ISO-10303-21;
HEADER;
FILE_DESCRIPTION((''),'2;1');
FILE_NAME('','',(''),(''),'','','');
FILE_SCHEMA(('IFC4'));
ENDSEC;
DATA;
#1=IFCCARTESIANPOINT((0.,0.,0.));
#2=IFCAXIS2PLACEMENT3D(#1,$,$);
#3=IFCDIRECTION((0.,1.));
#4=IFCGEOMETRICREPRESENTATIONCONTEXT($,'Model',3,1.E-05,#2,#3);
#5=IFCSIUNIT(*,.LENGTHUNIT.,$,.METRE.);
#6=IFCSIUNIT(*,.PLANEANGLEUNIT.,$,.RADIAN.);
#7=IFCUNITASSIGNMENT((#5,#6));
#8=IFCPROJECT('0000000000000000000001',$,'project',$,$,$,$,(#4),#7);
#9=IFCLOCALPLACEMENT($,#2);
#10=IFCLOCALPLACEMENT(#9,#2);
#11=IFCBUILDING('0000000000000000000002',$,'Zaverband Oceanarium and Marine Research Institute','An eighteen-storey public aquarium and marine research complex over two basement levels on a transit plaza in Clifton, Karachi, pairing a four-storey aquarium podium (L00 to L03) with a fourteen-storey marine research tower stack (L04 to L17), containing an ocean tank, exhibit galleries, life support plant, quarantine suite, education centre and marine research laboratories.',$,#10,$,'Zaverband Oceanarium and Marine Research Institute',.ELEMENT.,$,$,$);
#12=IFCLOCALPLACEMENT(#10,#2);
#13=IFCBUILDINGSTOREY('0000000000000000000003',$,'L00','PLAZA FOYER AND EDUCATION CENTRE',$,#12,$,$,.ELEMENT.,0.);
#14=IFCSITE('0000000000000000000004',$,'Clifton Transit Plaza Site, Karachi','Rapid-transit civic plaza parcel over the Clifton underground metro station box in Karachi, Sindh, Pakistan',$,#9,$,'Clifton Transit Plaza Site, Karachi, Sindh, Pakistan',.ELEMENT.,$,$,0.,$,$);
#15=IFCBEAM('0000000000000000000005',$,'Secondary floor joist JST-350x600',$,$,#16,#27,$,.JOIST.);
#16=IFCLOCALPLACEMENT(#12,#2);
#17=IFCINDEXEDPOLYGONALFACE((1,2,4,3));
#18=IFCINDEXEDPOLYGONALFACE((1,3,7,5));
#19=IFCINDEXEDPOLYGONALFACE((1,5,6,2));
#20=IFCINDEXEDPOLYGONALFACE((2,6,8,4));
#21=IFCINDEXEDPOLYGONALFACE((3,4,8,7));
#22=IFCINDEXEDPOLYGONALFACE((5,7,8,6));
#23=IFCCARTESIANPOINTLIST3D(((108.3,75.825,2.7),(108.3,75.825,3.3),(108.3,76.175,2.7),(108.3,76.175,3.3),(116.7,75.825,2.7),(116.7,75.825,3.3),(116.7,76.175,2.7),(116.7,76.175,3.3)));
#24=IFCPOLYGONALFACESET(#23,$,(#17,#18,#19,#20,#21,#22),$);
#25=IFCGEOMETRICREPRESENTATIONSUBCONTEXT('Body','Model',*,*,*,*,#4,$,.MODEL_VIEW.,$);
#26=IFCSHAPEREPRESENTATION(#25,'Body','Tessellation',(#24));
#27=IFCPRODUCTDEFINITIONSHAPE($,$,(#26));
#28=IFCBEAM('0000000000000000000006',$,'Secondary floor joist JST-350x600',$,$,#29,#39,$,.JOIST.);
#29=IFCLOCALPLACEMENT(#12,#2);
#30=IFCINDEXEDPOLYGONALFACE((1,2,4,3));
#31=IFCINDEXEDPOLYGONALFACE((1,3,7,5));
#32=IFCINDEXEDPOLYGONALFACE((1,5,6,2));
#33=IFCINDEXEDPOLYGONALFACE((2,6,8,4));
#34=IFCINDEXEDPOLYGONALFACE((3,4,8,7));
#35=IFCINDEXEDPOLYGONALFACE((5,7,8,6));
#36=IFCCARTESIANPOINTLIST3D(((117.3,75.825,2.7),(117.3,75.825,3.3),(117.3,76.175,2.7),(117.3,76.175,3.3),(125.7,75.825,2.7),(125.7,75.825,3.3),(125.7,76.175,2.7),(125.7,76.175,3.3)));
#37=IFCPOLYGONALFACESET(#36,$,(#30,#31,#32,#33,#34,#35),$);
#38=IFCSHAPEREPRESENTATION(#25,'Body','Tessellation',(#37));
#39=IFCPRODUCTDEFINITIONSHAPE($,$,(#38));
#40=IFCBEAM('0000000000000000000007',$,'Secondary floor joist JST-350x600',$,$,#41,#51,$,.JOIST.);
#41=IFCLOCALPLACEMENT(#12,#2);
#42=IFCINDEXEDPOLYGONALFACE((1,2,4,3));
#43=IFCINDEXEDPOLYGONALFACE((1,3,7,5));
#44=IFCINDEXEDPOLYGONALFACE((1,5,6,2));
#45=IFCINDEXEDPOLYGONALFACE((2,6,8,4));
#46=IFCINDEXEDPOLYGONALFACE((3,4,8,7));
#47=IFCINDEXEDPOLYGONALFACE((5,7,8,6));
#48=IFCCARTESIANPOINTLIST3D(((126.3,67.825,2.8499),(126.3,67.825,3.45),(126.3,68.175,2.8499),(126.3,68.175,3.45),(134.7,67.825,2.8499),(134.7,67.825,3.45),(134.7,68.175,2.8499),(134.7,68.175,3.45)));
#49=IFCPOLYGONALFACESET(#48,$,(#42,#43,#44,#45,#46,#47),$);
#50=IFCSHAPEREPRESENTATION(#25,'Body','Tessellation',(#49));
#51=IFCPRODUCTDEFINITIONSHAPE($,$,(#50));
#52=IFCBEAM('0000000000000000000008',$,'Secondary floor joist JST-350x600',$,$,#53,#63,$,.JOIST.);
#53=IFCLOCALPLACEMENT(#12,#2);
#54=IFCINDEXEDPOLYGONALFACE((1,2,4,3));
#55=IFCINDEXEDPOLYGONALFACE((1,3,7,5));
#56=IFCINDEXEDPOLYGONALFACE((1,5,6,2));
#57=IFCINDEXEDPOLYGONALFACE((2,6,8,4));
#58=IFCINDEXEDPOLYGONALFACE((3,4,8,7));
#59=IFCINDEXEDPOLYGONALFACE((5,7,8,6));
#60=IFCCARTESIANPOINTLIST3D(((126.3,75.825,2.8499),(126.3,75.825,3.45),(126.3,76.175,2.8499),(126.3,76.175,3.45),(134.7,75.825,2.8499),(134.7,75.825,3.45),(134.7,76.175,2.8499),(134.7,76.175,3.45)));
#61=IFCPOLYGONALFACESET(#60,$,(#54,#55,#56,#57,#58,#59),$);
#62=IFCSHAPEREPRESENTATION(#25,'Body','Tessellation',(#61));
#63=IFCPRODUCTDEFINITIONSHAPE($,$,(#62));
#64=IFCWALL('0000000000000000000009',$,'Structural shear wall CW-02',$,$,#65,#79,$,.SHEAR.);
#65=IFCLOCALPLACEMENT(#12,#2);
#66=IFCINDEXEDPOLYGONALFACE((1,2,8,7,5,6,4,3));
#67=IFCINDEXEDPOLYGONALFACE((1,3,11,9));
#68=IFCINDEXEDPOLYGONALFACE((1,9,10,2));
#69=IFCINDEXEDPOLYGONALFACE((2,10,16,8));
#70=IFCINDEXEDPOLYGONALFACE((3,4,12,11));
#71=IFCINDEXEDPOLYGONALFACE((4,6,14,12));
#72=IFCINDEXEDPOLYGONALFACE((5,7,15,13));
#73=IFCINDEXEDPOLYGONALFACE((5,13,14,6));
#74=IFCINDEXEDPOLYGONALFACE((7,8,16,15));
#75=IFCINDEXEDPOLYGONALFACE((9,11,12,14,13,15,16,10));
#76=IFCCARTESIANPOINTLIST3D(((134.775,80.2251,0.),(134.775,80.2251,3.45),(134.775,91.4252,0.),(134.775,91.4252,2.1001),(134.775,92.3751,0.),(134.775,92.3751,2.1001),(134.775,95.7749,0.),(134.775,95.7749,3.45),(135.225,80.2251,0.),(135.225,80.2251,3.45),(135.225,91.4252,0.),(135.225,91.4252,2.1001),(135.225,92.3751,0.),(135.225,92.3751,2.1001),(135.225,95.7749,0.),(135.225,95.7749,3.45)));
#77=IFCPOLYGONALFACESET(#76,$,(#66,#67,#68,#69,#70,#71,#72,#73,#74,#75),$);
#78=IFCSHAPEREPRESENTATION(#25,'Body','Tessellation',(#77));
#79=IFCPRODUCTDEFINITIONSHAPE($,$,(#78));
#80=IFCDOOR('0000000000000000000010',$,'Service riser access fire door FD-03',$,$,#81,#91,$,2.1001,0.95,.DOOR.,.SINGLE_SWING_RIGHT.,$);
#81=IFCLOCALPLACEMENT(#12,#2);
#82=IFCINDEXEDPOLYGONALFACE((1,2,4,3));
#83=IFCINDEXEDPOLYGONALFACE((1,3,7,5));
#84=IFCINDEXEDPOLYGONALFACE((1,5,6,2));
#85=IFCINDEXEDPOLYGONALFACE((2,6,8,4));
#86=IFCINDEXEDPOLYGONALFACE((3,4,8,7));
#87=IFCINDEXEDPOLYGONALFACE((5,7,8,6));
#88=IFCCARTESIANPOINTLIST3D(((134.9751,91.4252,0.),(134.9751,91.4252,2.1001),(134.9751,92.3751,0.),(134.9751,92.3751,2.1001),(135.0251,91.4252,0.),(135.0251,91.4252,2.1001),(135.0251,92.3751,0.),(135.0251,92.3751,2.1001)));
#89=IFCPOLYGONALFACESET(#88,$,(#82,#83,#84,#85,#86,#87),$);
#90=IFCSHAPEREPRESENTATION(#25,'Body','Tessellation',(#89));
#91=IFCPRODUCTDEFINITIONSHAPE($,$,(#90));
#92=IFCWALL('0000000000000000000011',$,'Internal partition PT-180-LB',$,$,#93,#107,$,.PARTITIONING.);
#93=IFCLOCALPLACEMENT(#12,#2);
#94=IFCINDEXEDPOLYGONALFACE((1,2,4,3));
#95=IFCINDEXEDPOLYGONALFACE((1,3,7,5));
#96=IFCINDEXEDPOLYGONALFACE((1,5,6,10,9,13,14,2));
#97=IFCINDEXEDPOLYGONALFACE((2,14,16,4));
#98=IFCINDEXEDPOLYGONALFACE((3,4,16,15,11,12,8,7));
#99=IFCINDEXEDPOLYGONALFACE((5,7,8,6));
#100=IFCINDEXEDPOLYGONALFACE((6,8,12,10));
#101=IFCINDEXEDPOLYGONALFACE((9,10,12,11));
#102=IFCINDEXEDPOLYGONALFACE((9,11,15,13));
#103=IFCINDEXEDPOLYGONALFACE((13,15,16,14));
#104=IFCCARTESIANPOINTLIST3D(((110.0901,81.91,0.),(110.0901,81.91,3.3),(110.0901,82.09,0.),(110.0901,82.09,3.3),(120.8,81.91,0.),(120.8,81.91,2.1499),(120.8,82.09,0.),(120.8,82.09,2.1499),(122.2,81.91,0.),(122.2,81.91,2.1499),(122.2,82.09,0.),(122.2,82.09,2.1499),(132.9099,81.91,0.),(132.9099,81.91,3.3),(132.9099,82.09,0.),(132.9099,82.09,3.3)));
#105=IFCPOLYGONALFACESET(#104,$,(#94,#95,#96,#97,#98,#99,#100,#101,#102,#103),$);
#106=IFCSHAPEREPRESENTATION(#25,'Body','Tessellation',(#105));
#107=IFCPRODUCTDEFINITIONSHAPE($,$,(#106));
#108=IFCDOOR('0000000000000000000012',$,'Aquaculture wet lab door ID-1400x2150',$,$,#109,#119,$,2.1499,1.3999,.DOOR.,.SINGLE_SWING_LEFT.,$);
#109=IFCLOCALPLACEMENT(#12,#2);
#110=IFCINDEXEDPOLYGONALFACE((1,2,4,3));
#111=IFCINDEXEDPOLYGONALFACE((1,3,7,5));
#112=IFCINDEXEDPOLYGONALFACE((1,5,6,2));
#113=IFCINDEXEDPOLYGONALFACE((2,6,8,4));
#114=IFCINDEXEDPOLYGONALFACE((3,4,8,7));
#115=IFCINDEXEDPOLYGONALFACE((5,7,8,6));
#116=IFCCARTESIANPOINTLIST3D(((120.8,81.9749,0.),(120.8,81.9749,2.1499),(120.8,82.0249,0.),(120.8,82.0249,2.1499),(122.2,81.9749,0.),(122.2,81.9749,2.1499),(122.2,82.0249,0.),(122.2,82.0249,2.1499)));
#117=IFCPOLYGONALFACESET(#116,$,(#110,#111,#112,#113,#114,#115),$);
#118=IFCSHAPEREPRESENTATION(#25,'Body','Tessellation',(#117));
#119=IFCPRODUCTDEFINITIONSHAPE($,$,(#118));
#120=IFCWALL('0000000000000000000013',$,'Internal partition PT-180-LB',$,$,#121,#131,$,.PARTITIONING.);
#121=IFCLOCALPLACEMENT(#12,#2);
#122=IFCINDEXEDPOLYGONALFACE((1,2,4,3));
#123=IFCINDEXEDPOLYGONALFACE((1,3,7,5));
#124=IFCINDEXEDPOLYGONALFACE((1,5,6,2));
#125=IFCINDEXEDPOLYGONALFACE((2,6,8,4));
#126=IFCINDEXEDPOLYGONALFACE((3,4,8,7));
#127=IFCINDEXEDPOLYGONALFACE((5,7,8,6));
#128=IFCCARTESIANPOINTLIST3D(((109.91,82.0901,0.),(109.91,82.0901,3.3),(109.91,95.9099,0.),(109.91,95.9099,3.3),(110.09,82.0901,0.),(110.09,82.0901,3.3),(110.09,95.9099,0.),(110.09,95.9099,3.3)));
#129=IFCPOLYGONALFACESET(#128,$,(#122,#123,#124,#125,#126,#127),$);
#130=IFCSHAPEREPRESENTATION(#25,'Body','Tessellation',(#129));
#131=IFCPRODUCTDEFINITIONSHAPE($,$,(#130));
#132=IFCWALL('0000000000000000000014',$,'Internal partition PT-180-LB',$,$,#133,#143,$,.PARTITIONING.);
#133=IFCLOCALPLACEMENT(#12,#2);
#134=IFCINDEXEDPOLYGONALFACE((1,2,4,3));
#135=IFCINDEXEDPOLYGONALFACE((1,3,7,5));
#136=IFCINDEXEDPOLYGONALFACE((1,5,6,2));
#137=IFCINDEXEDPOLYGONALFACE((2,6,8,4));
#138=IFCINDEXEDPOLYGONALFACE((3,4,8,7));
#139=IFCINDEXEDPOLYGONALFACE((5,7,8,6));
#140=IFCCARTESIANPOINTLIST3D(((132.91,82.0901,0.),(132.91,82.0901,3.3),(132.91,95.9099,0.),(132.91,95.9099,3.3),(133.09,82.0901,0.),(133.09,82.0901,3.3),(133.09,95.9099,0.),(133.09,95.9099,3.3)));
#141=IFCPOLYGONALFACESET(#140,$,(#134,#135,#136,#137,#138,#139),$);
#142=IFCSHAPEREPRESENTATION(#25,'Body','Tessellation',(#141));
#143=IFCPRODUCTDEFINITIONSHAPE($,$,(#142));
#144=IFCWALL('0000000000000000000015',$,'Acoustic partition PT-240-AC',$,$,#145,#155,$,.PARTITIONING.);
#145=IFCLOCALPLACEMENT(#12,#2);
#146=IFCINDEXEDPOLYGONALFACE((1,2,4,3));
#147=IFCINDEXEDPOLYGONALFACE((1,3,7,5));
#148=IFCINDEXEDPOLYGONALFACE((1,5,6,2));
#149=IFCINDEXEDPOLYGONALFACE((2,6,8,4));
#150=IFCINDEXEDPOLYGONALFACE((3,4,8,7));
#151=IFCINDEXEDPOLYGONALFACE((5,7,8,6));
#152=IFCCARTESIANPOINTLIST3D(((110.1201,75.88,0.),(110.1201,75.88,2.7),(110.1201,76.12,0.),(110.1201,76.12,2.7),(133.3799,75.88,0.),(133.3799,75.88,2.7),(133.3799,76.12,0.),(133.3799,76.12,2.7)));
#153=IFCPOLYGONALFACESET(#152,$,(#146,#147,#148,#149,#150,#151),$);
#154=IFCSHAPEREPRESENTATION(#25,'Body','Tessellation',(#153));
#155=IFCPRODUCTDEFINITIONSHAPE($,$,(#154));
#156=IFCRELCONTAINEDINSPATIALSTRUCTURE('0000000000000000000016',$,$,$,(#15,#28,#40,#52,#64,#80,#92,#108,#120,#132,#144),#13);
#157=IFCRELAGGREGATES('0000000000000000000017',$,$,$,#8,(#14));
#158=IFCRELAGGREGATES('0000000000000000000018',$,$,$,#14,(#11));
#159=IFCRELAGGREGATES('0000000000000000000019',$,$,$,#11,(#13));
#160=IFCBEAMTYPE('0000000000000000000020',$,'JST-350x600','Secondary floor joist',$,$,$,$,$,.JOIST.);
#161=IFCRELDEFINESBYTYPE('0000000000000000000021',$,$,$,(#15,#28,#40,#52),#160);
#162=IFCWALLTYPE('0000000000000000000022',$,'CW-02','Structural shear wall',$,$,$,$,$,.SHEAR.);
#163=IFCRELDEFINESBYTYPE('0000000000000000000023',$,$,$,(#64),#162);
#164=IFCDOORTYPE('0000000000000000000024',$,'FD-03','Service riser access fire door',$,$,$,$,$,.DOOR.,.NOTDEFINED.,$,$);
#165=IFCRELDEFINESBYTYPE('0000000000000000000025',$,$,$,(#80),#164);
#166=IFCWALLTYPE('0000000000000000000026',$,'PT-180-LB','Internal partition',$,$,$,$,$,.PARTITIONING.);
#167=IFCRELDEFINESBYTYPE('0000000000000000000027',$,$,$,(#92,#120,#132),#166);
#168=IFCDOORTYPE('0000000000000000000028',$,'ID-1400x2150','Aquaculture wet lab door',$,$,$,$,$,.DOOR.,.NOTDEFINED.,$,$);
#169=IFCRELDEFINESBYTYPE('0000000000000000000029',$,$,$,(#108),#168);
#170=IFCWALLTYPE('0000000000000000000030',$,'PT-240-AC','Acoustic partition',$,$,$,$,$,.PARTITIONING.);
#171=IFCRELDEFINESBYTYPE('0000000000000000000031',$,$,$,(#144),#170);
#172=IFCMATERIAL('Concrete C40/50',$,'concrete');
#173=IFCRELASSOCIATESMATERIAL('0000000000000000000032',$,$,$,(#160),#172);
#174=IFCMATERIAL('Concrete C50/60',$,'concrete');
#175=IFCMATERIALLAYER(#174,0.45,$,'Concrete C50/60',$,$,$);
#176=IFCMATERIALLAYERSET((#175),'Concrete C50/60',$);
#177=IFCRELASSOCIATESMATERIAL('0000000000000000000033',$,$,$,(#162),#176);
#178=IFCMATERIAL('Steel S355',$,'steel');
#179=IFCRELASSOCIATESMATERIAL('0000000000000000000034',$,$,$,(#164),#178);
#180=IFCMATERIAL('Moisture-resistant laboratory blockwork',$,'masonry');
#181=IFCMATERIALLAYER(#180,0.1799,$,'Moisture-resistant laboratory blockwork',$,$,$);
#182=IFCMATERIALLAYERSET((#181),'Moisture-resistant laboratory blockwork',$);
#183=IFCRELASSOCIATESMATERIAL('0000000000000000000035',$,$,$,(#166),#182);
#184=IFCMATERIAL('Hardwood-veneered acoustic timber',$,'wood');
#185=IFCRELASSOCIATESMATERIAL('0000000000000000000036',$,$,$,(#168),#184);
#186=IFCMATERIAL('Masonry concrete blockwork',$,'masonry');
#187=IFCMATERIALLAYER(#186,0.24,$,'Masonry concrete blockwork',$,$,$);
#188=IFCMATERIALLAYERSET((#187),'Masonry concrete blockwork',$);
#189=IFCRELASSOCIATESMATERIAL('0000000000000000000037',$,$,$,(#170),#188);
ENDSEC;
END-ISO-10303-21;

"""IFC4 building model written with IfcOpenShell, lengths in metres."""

from ifc_helpers import new_model, si_unit, direction, frame, frame_2d, origin, origin_2d, place, context, subcontext, project, spatial, rectangle, extrude, material, layer, layer_set, material_profile, profile_set, type_object, element, fill, save


model = new_model("IFC4")

# Units and contexts
model_context = context("Model", 3, precision=1e-05, world=origin(), true_north=direction((0.0, 1.0)))
body_context = subcontext(model_context, "Body", "Model", "MODEL_VIEW")
ifc_project = project(units=[si_unit("LENGTHUNIT", "METRE"), si_unit("PLANEANGLEUNIT", "RADIAN")], contexts=[model_context])

# Site, building, storey
site_placement = place(None, origin())
site = spatial("IfcSite", under=ifc_project, at=site_placement, Name="Clifton Transit Plaza Site, Karachi", Description="Rapid-transit civic plaza parcel over the Clifton underground metro station box in Karachi, Sindh, Pakistan", LongName="Clifton Transit Plaza Site, Karachi, Sindh, Pakistan", CompositionType="ELEMENT", RefElevation=0.0)
building_placement = place(site_placement, origin())
building = spatial("IfcBuilding", under=site, at=building_placement, Name="Zaverband Oceanarium and Marine Research Institute", Description="An eighteen-storey public aquarium and marine research complex over two basement levels on a transit plaza in Clifton, Karachi, pairing a four-storey aquarium podium (L00 to L03) with a fourteen-storey marine research tower stack (L04 to L17), containing an ocean tank, exhibit galleries, life support plant, quarantine suite, education centre and marine research laboratories.", LongName="Zaverband Oceanarium and Marine Research Institute", CompositionType="ELEMENT")
storey_placement = place(building_placement, origin())
storey = spatial("IfcBuildingStorey", under=building, at=storey_placement, Name="L00", Description="PLAZA FOYER AND EDUCATION CENTRE", CompositionType="ELEMENT", Elevation=0.0)

# Shared definitions
ifc_material_1 = material(Name="Concrete C50/60", Category="concrete")

# Beams
ifc_material_2 = material(Name="Concrete C40/50", Category="concrete")
ifc_material_profile_1 = material_profile(ifc_material_2, rectangle(XDim=0.3501, YDim=0.6001, at=origin_2d()), Name="RC350x600")
ifc_profile_set_1 = profile_set([ifc_material_profile_1], Name="Concrete C40/50")
beam_type_1 = type_object("IfcBeamType", Name="JST-350x600", Description="Secondary floor joist", PredefinedType="JOIST", material=ifc_profile_set_1)
for number, where, z_axis, x_axis, name in (
    (1, (108.3, 76.0, 3.0), (1.0, 0.0, 0.0), (0.0, 1.0, 0.0), "Secondary floor joist JST-350x600"),
    (2, (117.3, 76.0, 3.0), (1.0, 0.0, 0.0), (0.0, 1.0, 0.0), "Secondary floor joist JST-350x600"),
    (3, (126.3, 68.0, 3.1499), (1.0, 0.0, 0.0), (0.0, 1.0, 0.0), "Secondary floor joist JST-350x600"),
    (4, (126.3, 76.0, 3.1499), (1.0, 0.0, 0.0), (0.0, 1.0, 0.0), "Secondary floor joist JST-350x600"),
):
    element("IfcBeam", number, at=place(storey_placement, frame(where, z_axis=z_axis, x_axis=x_axis)), inside=storey, type_object=beam_type_1, Name=name, PredefinedType="JOIST", context=body_context, shape_type="SweptSolid", body=[
        extrude(rectangle(XDim=0.3501, YDim=0.6001, at=origin_2d()), origin(), (0.0, 0.0, 1.0), 8.3999),
    ])

# Walls, openings, doors
ifc_layer_1 = layer(ifc_material_1, 0.45, Name="Concrete C50/60")
ifc_layer_set_1 = layer_set([ifc_layer_1], Name="Concrete C50/60")
wall_type_1 = type_object("IfcWallType", Name="CW-02", Description="Structural shear wall", PredefinedType="SHEAR", material=ifc_layer_set_1)
wall_1_placement = place(storey_placement, frame((135.0, 80.2251, 0.0), z_axis=(0.0, 0.0, 1.0), x_axis=(0.0, 1.0, 0.0)))
wall_1 = element("IfcWall", 5, at=wall_1_placement, inside=storey, type_object=wall_type_1, Name="Structural shear wall CW-02", PredefinedType="SHEAR", context=body_context, shape_type="SweptSolid", body=[
    extrude(rectangle(XDim=15.5498, YDim=0.45, at=frame_2d((7.7749, 0.0))), origin(), (0.0, 0.0, 1.0), 3.45),
])
opening_1_placement = place(wall_1_placement, frame((11.2, 0.0, 0.0)))
opening_1 = element("IfcOpeningElement", 6, at=opening_1_placement, cuts=wall_1, PredefinedType="OPENING", context=body_context, shape_type="SweptSolid", body=[
    extrude(rectangle(XDim=0.95, YDim=2.1001, at=frame_2d((0.4751, 1.05))), frame((0.0, 0.2368, 0.0), z_axis=(0.0, -1.0, 0.0), x_axis=(1.0, 0.0, 0.0)), (0.0, 0.0, 1.0), 0.4739),
])
ifc_material_3 = material(Name="Steel S355", Category="steel")
door_type_1 = type_object("IfcDoorType", Name="FD-03", Description="Service riser access fire door", OperationType="NOTDEFINED", PredefinedType="DOOR", material=ifc_material_3)
door_1_placement = place(opening_1_placement, origin())
door_1 = element("IfcDoor", 7, at=door_1_placement, inside=storey, type_object=door_type_1, Name="Service riser access fire door FD-03", OperationType="SINGLE_SWING_RIGHT", OverallHeight=2.1001, OverallWidth=0.95, PredefinedType="DOOR", context=body_context, shape_type="SweptSolid", body=[
    extrude(rectangle(XDim=0.95, YDim=2.1001, at=frame_2d((0.4751, 1.05))), frame((0.0, 0.0249, 0.0), z_axis=(0.0, -1.0, 0.0), x_axis=(1.0, 0.0, 0.0)), (0.0, 0.0, 1.0), 0.05),
])
fill(opening_1, door_1)
ifc_material_4 = material(Name="Moisture-resistant laboratory blockwork", Category="masonry")
ifc_layer_2 = layer(ifc_material_4, 0.1799, Name="Moisture-resistant laboratory blockwork")
ifc_layer_set_2 = layer_set([ifc_layer_2], Name="Moisture-resistant laboratory blockwork")
wall_type_2 = type_object("IfcWallType", Name="PT-180-LB", Description="Internal partition", PredefinedType="PARTITIONING", material=ifc_layer_set_2)
wall_2_placement = place(storey_placement, frame((110.0901, 82.0, 0.0), z_axis=(0.0, 0.0, 1.0), x_axis=(1.0, 0.0, 0.0)))
wall_2 = element("IfcWall", 8, at=wall_2_placement, inside=storey, type_object=wall_type_2, Name="Internal partition PT-180-LB", PredefinedType="PARTITIONING", context=body_context, shape_type="SweptSolid", body=[
    extrude(rectangle(XDim=22.8198, YDim=0.1799, at=frame_2d((11.4099, 0.0))), origin(), (0.0, 0.0, 1.0), 3.3),
])
opening_2_placement = place(wall_2_placement, frame((10.71, 0.0, 0.0)))
opening_2 = element("IfcOpeningElement", 9, at=opening_2_placement, cuts=wall_2, PredefinedType="OPENING", context=body_context, shape_type="SweptSolid", body=[
    extrude(rectangle(XDim=1.3999, YDim=2.1499, at=frame_2d((0.7, 1.075))), frame((0.0, 0.1021, 0.0), z_axis=(0.0, -1.0, 0.0), x_axis=(1.0, 0.0, 0.0)), (0.0, 0.0, 1.0), 0.2039),
])
ifc_material_5 = material(Name="Hardwood-veneered acoustic timber", Category="wood")
door_type_2 = type_object("IfcDoorType", Name="ID-1400x2150", Description="Aquaculture wet lab door", OperationType="NOTDEFINED", PredefinedType="DOOR", material=ifc_material_5)
door_2_placement = place(opening_2_placement, origin())
door_2 = element("IfcDoor", 10, at=door_2_placement, inside=storey, type_object=door_type_2, Name="Aquaculture wet lab door ID-1400x2150", OperationType="SINGLE_SWING_LEFT", OverallHeight=2.1499, OverallWidth=1.3999, PredefinedType="DOOR", context=body_context, shape_type="SweptSolid", body=[
    extrude(rectangle(XDim=1.3999, YDim=2.1499, at=frame_2d((0.7, 1.075))), frame((0.0, 0.0249, 0.0), z_axis=(0.0, -1.0, 0.0), x_axis=(1.0, 0.0, 0.0)), (0.0, 0.0, 1.0), 0.05),
])
fill(opening_2, door_2)

# Walls
for number, where, z_axis, x_axis, name in (
    (11, (110.0, 82.0901, 0.0), (0.0, 0.0, 1.0), (0.0, 1.0, 0.0), "Internal partition PT-180-LB"),
    (12, (133.0, 82.0901, 0.0), (0.0, 0.0, 1.0), (0.0, 1.0, 0.0), "Internal partition PT-180-LB"),
):
    element("IfcWall", number, at=place(storey_placement, frame(where, z_axis=z_axis, x_axis=x_axis)), inside=storey, type_object=wall_type_2, Name=name, PredefinedType="PARTITIONING", context=body_context, shape_type="SweptSolid", body=[
        extrude(rectangle(XDim=13.8198, YDim=0.1799, at=frame_2d((6.9099, 0.0))), origin(), (0.0, 0.0, 1.0), 3.3),
    ])
ifc_material_6 = material(Name="Masonry concrete blockwork", Category="masonry")
ifc_layer_3 = layer(ifc_material_6, 0.24, Name="Masonry concrete blockwork")
ifc_layer_set_3 = layer_set([ifc_layer_3], Name="Masonry concrete blockwork")
wall_type_3 = type_object("IfcWallType", Name="PT-240-AC", Description="Acoustic partition", PredefinedType="PARTITIONING", material=ifc_layer_set_3)
wall_3_placement = place(storey_placement, frame((110.1201, 76.0, 0.0), z_axis=(0.0, 0.0, 1.0), x_axis=(1.0, 0.0, 0.0)))
element("IfcWall", 13, at=wall_3_placement, inside=storey, type_object=wall_type_3, Name="Acoustic partition PT-240-AC", PredefinedType="PARTITIONING", context=body_context, shape_type="SweptSolid", body=[
    extrude(rectangle(XDim=23.2598, YDim=0.24, at=frame_2d((11.6299, 0.0))), origin(), (0.0, 0.0, 1.0), 2.7),
])

save(model, "model.ifc")
